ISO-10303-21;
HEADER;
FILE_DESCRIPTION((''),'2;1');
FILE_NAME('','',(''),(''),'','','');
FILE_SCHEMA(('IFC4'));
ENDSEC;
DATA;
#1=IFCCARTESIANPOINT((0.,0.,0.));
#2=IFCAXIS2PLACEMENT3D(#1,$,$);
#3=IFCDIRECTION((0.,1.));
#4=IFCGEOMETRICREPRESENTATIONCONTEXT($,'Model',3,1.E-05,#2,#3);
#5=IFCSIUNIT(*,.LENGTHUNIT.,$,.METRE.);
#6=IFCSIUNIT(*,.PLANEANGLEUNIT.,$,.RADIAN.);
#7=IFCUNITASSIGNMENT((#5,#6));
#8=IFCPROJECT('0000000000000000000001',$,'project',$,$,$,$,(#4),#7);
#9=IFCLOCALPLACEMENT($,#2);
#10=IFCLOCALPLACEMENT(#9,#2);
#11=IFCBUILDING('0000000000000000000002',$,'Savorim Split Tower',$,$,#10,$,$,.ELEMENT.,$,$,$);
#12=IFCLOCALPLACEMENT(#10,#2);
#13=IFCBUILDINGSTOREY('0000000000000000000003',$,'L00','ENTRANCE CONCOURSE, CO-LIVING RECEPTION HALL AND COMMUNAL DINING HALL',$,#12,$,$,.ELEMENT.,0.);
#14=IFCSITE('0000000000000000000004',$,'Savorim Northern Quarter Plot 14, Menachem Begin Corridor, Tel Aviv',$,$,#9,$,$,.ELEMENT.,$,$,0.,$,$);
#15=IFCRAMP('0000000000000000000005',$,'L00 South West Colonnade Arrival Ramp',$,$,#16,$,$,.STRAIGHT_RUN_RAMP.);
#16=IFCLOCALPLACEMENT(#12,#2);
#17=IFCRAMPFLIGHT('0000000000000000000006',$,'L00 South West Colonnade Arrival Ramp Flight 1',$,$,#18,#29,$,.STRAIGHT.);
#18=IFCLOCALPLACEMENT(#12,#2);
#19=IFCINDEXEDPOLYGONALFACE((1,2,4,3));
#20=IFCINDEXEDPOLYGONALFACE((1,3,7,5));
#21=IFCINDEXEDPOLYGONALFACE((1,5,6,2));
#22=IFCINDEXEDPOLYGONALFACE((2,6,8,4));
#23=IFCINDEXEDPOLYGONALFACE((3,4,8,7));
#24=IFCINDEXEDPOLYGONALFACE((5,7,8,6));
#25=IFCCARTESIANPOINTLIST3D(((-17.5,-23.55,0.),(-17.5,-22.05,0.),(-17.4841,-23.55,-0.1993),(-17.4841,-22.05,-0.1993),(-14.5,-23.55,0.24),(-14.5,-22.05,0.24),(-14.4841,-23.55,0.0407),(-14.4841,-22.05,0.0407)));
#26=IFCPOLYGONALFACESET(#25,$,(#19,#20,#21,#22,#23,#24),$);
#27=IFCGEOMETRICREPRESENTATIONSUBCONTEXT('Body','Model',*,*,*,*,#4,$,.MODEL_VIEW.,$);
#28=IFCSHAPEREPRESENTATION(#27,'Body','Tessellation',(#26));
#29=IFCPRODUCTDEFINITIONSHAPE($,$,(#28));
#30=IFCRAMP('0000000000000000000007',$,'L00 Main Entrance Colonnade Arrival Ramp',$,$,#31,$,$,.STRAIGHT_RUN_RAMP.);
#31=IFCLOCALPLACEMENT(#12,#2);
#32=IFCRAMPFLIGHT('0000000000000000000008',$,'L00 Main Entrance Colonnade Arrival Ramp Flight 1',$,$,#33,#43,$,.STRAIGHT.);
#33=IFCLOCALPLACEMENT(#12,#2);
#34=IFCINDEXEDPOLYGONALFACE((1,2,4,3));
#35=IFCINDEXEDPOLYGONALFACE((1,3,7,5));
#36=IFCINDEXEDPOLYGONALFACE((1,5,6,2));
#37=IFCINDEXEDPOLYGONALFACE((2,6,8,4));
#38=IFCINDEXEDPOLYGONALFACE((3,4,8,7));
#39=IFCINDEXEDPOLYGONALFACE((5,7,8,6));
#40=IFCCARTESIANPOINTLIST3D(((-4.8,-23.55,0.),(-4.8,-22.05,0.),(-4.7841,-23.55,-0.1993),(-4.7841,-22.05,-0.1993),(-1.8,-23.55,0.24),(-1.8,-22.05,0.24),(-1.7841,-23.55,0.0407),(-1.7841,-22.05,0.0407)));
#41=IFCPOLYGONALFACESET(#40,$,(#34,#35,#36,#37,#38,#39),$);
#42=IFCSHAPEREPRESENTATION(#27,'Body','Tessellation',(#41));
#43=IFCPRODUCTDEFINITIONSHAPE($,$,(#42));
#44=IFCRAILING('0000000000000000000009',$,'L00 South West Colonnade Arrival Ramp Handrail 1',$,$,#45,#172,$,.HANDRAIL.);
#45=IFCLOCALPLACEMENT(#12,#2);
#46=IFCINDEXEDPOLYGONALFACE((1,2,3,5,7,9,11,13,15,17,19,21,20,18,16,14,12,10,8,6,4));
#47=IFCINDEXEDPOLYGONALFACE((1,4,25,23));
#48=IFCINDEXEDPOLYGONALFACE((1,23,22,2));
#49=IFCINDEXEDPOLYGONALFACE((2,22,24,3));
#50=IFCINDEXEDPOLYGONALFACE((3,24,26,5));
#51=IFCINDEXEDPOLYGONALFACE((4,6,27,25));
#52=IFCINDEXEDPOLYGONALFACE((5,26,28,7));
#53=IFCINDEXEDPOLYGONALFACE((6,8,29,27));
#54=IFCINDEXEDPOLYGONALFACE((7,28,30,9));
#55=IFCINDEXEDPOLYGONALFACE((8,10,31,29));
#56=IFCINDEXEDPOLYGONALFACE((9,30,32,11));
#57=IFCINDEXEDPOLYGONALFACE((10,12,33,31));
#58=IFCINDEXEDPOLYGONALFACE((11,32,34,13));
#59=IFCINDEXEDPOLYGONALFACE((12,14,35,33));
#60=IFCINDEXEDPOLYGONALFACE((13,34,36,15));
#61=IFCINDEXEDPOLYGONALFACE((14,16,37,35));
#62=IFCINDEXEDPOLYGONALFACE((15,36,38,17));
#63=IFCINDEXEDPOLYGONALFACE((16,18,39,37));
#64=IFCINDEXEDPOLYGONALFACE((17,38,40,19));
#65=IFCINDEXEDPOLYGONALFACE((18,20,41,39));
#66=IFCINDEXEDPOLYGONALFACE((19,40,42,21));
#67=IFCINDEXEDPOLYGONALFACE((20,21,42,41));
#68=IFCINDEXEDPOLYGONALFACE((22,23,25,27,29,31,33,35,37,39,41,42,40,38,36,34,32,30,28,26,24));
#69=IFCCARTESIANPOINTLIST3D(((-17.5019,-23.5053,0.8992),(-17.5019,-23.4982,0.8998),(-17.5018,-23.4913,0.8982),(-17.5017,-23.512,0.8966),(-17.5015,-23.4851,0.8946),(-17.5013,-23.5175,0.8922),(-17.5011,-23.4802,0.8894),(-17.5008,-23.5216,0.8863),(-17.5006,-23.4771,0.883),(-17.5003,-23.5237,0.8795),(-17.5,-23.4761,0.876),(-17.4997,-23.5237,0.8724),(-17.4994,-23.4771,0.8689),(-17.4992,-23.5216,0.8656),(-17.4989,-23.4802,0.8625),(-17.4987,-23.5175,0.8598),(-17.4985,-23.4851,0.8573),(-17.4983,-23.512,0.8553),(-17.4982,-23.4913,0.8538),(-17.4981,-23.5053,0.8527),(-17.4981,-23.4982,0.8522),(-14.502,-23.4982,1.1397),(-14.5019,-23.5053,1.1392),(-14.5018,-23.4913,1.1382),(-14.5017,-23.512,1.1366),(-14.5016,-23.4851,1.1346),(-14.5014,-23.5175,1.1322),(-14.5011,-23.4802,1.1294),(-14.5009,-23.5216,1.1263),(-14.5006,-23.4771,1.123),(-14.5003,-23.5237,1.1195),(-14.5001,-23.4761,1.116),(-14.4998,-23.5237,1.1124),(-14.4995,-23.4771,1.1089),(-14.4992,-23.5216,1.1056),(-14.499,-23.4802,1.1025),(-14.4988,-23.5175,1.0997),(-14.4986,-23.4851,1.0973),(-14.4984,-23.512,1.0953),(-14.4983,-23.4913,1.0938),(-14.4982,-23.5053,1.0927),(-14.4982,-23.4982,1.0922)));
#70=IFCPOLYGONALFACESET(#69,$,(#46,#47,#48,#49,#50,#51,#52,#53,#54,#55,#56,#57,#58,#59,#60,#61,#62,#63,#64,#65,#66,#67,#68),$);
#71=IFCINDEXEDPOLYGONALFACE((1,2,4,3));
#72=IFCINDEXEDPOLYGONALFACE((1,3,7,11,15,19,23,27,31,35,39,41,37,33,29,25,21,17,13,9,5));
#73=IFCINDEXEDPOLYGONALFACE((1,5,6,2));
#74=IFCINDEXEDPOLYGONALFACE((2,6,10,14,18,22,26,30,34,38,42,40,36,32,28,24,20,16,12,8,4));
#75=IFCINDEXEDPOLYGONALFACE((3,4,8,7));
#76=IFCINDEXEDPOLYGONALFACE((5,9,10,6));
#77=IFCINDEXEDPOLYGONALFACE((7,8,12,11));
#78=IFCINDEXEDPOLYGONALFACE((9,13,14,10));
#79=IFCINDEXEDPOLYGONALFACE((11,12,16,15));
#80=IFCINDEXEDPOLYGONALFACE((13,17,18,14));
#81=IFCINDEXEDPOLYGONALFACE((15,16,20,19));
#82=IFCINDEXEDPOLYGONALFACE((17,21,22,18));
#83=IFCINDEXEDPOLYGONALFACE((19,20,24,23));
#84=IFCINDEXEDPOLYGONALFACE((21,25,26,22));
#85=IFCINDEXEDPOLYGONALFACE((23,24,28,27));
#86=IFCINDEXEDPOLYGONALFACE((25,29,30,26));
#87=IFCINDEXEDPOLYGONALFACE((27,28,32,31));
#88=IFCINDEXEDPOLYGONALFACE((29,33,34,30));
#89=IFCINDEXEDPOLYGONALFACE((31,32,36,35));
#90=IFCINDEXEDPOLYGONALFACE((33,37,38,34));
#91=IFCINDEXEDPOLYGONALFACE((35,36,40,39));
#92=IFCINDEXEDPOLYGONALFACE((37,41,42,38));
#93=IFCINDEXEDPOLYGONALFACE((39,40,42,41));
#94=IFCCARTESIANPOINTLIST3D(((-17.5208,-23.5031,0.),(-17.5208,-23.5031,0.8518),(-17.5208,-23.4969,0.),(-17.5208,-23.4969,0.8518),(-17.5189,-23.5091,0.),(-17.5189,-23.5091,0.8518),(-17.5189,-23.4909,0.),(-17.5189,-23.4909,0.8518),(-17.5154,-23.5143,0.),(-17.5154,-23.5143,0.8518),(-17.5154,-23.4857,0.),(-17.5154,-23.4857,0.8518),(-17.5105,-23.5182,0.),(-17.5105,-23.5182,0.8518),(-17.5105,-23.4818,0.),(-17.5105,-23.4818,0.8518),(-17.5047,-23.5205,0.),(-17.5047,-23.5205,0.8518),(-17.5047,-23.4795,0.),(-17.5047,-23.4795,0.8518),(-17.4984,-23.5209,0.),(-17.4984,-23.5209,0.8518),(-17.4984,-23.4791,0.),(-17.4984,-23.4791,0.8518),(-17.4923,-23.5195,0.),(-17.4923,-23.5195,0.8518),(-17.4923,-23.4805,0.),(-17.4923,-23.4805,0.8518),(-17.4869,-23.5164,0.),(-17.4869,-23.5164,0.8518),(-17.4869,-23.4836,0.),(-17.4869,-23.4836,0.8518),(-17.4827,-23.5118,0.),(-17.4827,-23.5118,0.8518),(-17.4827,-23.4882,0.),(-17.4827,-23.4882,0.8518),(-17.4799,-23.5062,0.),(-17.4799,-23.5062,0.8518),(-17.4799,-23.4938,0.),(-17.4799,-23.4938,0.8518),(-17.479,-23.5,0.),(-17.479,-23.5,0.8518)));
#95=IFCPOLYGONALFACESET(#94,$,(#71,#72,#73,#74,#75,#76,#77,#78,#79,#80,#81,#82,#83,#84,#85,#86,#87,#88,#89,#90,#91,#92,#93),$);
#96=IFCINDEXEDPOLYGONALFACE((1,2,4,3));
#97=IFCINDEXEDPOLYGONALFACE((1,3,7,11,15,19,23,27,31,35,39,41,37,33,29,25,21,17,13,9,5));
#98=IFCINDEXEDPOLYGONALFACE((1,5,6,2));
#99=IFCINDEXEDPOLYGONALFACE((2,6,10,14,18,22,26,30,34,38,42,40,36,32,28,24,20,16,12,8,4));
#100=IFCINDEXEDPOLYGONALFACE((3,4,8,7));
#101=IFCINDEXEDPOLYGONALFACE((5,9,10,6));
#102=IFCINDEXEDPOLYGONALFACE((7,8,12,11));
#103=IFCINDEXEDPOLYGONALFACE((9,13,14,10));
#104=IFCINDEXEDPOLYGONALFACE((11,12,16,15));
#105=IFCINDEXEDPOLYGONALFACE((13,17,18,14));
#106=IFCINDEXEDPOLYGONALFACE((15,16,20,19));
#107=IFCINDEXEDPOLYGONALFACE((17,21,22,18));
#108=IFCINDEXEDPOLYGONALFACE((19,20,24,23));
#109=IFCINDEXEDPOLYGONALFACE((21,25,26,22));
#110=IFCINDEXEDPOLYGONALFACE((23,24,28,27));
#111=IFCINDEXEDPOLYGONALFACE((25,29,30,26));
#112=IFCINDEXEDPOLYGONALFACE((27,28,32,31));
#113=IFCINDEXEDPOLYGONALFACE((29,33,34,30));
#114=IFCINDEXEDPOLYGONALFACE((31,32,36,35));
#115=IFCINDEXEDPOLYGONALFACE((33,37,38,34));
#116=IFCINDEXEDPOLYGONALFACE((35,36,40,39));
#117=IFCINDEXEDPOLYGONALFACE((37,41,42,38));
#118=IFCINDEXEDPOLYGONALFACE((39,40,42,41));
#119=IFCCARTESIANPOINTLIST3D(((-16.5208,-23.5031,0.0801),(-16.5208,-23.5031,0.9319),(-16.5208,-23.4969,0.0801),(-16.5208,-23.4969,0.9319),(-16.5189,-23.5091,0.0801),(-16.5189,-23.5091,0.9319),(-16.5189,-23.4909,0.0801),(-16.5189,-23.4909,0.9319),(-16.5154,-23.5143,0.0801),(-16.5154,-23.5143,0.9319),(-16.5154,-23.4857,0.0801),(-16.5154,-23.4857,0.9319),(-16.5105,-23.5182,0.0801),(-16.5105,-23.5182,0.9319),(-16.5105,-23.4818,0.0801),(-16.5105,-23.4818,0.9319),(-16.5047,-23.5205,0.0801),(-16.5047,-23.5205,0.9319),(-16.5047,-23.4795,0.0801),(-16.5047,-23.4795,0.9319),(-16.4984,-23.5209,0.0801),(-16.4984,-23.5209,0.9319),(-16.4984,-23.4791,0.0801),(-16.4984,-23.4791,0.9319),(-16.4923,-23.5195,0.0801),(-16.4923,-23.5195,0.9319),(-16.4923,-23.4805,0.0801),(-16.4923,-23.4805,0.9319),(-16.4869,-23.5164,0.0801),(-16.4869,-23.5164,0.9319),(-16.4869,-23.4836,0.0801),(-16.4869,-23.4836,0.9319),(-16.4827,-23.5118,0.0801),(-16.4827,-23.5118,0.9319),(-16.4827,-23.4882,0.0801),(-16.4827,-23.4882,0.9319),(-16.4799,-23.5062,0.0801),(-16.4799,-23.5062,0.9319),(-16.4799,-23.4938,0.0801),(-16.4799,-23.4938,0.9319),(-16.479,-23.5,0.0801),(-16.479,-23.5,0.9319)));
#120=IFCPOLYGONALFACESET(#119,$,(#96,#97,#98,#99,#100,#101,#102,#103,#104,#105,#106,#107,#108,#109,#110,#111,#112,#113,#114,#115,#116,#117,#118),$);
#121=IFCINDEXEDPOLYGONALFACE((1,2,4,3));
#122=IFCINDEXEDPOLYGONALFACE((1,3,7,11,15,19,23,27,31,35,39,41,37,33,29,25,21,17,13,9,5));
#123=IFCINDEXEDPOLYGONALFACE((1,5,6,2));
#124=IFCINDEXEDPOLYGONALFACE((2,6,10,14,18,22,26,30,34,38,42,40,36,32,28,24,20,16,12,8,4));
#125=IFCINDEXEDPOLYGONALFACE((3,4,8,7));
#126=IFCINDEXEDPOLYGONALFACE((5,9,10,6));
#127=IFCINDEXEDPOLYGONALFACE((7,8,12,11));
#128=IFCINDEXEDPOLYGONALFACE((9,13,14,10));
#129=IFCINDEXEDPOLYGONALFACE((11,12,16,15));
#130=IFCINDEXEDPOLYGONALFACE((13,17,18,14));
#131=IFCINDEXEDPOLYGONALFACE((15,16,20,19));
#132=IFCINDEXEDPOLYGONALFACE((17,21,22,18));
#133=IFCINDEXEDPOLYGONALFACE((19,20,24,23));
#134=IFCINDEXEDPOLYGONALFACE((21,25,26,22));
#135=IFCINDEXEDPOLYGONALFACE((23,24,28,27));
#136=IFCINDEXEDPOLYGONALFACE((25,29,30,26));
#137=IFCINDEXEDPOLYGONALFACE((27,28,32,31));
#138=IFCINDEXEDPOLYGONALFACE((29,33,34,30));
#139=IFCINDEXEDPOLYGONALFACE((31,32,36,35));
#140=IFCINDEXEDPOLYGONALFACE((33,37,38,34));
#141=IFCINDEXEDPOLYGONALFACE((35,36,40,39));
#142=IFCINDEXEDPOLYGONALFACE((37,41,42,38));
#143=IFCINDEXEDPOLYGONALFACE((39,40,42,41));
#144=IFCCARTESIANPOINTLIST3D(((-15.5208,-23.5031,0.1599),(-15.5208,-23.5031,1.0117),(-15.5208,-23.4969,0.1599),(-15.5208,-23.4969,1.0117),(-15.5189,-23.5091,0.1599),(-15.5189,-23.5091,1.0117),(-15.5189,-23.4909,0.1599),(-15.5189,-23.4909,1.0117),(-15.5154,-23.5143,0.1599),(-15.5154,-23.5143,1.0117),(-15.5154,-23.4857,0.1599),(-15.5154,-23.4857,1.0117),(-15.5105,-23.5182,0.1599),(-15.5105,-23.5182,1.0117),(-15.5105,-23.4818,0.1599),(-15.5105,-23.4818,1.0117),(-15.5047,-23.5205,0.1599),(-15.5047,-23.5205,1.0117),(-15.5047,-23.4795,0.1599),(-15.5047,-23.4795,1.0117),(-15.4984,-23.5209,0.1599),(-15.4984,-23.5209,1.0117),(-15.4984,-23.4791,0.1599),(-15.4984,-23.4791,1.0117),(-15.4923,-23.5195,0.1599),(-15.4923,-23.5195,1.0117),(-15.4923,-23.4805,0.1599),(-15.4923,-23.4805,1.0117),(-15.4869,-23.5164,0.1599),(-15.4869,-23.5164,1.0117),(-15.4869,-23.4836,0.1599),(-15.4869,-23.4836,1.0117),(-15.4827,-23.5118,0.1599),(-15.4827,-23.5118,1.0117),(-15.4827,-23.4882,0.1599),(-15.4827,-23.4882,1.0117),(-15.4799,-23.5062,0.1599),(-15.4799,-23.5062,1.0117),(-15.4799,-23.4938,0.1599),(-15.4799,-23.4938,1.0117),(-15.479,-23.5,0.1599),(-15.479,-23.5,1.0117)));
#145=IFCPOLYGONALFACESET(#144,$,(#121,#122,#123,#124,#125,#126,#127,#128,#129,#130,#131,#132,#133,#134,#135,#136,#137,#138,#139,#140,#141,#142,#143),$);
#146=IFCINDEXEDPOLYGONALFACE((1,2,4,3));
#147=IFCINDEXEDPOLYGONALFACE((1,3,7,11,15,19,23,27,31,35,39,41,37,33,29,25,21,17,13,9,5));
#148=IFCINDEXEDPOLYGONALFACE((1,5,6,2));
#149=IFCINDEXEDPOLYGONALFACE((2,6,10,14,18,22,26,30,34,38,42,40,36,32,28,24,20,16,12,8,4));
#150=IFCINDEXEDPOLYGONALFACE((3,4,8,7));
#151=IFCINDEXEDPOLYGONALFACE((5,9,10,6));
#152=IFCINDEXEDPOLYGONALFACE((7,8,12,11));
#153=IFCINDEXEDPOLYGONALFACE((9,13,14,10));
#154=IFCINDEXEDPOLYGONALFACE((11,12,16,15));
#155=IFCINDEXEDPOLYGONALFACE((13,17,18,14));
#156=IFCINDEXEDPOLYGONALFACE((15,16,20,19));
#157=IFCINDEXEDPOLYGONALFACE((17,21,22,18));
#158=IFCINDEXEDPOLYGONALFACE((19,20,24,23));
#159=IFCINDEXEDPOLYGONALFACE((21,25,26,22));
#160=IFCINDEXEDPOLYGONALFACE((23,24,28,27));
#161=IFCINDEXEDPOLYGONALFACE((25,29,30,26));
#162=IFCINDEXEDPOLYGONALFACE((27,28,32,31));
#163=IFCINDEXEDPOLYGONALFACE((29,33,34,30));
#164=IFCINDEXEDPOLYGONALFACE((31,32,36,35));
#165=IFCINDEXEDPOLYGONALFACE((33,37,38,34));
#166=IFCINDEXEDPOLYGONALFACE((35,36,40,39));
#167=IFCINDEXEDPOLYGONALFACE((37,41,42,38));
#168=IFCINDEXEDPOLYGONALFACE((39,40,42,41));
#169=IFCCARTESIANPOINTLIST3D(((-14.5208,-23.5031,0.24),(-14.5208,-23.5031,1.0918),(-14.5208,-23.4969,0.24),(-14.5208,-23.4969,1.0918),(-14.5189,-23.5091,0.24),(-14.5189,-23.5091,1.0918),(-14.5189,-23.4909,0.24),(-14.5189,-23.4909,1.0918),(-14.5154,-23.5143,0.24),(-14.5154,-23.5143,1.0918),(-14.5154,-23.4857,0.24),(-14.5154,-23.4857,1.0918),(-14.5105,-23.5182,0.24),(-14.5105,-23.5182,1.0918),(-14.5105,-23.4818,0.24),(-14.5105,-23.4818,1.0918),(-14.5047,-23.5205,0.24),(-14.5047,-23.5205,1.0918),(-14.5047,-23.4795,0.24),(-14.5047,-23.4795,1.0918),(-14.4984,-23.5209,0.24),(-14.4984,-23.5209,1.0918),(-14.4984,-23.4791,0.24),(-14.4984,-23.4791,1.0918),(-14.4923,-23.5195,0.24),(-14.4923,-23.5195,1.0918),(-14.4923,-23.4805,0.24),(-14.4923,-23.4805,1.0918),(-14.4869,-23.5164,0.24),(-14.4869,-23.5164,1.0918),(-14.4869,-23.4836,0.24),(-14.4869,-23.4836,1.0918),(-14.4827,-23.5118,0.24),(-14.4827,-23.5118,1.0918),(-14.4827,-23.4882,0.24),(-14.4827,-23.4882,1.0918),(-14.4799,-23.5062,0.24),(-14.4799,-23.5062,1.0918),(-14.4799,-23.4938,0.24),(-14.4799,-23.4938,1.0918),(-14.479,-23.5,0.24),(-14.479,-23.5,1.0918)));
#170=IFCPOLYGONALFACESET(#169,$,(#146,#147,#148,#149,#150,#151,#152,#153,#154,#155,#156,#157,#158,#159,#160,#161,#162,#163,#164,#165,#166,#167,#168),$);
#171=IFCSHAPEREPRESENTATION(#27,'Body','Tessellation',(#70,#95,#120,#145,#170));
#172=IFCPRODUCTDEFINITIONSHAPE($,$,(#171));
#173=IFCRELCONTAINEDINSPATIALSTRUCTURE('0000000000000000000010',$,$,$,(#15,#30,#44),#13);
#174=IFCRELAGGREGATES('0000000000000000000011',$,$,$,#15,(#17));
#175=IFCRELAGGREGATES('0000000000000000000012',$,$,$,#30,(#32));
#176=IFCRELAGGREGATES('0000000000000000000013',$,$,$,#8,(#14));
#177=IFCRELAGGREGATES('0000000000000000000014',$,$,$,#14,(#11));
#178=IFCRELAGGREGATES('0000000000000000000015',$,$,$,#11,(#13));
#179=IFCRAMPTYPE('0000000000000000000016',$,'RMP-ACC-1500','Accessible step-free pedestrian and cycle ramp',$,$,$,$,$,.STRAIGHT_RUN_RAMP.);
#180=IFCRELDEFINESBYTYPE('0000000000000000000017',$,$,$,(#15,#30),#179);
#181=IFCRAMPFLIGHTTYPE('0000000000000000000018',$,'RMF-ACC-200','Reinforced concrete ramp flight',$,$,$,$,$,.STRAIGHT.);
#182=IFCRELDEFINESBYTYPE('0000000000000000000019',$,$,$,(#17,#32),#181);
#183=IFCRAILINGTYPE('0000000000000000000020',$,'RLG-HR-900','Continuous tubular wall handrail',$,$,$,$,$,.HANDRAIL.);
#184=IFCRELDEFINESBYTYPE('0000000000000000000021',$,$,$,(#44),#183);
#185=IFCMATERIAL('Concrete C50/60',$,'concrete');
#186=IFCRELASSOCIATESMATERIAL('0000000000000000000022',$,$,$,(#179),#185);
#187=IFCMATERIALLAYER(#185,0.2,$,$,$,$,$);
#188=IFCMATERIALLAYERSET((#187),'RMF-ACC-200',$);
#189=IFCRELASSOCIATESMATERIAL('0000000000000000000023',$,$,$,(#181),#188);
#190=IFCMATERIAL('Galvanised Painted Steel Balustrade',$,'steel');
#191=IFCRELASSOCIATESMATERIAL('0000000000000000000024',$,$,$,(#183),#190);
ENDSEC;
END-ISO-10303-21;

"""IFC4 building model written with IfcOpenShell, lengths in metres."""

from ifc_helpers import new_model, si_unit, direction, frame, origin, origin_2d, place, context, subcontext, project, spatial, polyline, circle, outline, extrude, material, layer, layer_set, type_object, element, aggregate, save


model = new_model("IFC4")

# Units and contexts
model_context = context("Model", 3, precision=1e-05, world=origin(), true_north=direction((0.0, 1.0)))
body_context = subcontext(model_context, "Body", "Model", "MODEL_VIEW")
ifc_project = project(units=[si_unit("LENGTHUNIT", "METRE"), si_unit("PLANEANGLEUNIT", "RADIAN")], contexts=[model_context])

# Site, building, storey
site_placement = place(None, origin())
site = spatial("IfcSite", under=ifc_project, at=site_placement, Name="Savorim Northern Quarter Plot 14, Menachem Begin Corridor, Tel Aviv", CompositionType="ELEMENT", RefElevation=0.0)
building_placement = place(site_placement, origin())
building = spatial("IfcBuilding", under=site, at=building_placement, Name="Savorim Split Tower", CompositionType="ELEMENT")
storey_placement = place(building_placement, origin())
storey = spatial("IfcBuildingStorey", under=building, at=storey_placement, Name="L00", Description="ENTRANCE CONCOURSE, CO-LIVING RECEPTION HALL AND COMMUNAL DINING HALL", CompositionType="ELEMENT", Elevation=0.0)

# Ramps, ramp flights
ifc_material_1 = material(Name="Concrete C50/60", Category="concrete")
ramp_type = type_object("IfcRampType", Name="RMP-ACC-1500", Description="Accessible step-free pedestrian and cycle ramp", PredefinedType="STRAIGHT_RUN_RAMP", material=ifc_material_1)
ramp_1_placement = place(storey_placement, origin())
ramp_1 = element("IfcRamp", 1, at=ramp_1_placement, inside=storey, type_object=ramp_type, Name="L00 South West Colonnade Arrival Ramp", PredefinedType="STRAIGHT_RUN_RAMP")
ifc_layer_1 = layer(ifc_material_1, 0.2)
ifc_layer_set_1 = layer_set([ifc_layer_1], Name="RMF-ACC-200")
ramp_flight_type = type_object("IfcRampFlightType", Name="RMF-ACC-200", Description="Reinforced concrete ramp flight", PredefinedType="STRAIGHT", material=ifc_layer_set_1)
ramp_flight_1_placement = place(storey_placement, frame((-17.5, -23.55, 0.0), z_axis=(-0.079742, 0.0, 0.996816), x_axis=(0.996816, 0.0, 0.079742)))
ramp_flight_1 = element("IfcRampFlight", 2, at=ramp_flight_1_placement, type_object=ramp_flight_type, Name="L00 South West Colonnade Arrival Ramp Flight 1", PredefinedType="STRAIGHT", context=body_context, shape_type="SweptSolid", body=[
    extrude(outline(polyline([(0.0, 0.0), (3.0096, 0.0), (3.0096, 1.5), (0.0, 1.5), (0.0, 0.0)])), origin(), (0.0, 0.0, -1.0), 0.2),
])
aggregate(ramp_1, [ramp_flight_1])
ramp_2_placement = place(storey_placement, origin())
ramp_2 = element("IfcRamp", 3, at=ramp_2_placement, inside=storey, type_object=ramp_type, Name="L00 Main Entrance Colonnade Arrival Ramp", PredefinedType="STRAIGHT_RUN_RAMP")
ramp_flight_2_placement = place(storey_placement, frame((-4.8, -23.55, 0.0), z_axis=(-0.079742, 0.0, 0.996816), x_axis=(0.996816, 0.0, 0.079742)))
ramp_flight_2 = element("IfcRampFlight", 4, at=ramp_flight_2_placement, type_object=ramp_flight_type, Name="L00 Main Entrance Colonnade Arrival Ramp Flight 1", PredefinedType="STRAIGHT", context=body_context, shape_type="SweptSolid", body=[
    extrude(outline(polyline([(0.0, 0.0), (3.0096, 0.0), (3.0096, 1.5), (0.0, 1.5), (0.0, 0.0)])), origin(), (0.0, 0.0, -1.0), 0.2),
])
aggregate(ramp_2, [ramp_flight_2])

# Railing
ifc_material_2 = material(Name="Galvanised Painted Steel Balustrade", Category="steel")
railing_type = type_object("IfcRailingType", Name="RLG-HR-900", Description="Continuous tubular wall handrail", PredefinedType="HANDRAIL", material=ifc_material_2)
for number, where, name in (
    (5, (-17.5, -23.5, 0.0), "L00 South West Colonnade Arrival Ramp Handrail 1"),
):
    element("IfcRailing", number, at=place(storey_placement, frame(where)), inside=storey, type_object=railing_type, Name=name, PredefinedType="HANDRAIL", context=body_context, shape_type="SweptSolid", body=[
        extrude(circle(Radius=0.0239, at=origin_2d()), frame((0.0, 0.0, 0.876), z_axis=(0.996816, 0.0, 0.079742), x_axis=(0.0, 1.0, 0.0)), (0.0, 0.0, 1.0), 3.0095),
        extrude(circle(Radius=0.021, at=origin_2d()), origin(), (0.0, 0.0, 1.0), 0.8518),
        extrude(circle(Radius=0.021, at=origin_2d()), frame((1.0, 0.0, 0.0801)), (0.0, 0.0, 1.0), 0.8518),
        extrude(circle(Radius=0.021, at=origin_2d()), frame((2.0, 0.0, 0.1599)), (0.0, 0.0, 1.0), 0.8518),
        extrude(circle(Radius=0.021, at=origin_2d()), frame((3.0, 0.0, 0.24)), (0.0, 0.0, 1.0), 0.8518),
    ])

save(model, "model.ifc")
